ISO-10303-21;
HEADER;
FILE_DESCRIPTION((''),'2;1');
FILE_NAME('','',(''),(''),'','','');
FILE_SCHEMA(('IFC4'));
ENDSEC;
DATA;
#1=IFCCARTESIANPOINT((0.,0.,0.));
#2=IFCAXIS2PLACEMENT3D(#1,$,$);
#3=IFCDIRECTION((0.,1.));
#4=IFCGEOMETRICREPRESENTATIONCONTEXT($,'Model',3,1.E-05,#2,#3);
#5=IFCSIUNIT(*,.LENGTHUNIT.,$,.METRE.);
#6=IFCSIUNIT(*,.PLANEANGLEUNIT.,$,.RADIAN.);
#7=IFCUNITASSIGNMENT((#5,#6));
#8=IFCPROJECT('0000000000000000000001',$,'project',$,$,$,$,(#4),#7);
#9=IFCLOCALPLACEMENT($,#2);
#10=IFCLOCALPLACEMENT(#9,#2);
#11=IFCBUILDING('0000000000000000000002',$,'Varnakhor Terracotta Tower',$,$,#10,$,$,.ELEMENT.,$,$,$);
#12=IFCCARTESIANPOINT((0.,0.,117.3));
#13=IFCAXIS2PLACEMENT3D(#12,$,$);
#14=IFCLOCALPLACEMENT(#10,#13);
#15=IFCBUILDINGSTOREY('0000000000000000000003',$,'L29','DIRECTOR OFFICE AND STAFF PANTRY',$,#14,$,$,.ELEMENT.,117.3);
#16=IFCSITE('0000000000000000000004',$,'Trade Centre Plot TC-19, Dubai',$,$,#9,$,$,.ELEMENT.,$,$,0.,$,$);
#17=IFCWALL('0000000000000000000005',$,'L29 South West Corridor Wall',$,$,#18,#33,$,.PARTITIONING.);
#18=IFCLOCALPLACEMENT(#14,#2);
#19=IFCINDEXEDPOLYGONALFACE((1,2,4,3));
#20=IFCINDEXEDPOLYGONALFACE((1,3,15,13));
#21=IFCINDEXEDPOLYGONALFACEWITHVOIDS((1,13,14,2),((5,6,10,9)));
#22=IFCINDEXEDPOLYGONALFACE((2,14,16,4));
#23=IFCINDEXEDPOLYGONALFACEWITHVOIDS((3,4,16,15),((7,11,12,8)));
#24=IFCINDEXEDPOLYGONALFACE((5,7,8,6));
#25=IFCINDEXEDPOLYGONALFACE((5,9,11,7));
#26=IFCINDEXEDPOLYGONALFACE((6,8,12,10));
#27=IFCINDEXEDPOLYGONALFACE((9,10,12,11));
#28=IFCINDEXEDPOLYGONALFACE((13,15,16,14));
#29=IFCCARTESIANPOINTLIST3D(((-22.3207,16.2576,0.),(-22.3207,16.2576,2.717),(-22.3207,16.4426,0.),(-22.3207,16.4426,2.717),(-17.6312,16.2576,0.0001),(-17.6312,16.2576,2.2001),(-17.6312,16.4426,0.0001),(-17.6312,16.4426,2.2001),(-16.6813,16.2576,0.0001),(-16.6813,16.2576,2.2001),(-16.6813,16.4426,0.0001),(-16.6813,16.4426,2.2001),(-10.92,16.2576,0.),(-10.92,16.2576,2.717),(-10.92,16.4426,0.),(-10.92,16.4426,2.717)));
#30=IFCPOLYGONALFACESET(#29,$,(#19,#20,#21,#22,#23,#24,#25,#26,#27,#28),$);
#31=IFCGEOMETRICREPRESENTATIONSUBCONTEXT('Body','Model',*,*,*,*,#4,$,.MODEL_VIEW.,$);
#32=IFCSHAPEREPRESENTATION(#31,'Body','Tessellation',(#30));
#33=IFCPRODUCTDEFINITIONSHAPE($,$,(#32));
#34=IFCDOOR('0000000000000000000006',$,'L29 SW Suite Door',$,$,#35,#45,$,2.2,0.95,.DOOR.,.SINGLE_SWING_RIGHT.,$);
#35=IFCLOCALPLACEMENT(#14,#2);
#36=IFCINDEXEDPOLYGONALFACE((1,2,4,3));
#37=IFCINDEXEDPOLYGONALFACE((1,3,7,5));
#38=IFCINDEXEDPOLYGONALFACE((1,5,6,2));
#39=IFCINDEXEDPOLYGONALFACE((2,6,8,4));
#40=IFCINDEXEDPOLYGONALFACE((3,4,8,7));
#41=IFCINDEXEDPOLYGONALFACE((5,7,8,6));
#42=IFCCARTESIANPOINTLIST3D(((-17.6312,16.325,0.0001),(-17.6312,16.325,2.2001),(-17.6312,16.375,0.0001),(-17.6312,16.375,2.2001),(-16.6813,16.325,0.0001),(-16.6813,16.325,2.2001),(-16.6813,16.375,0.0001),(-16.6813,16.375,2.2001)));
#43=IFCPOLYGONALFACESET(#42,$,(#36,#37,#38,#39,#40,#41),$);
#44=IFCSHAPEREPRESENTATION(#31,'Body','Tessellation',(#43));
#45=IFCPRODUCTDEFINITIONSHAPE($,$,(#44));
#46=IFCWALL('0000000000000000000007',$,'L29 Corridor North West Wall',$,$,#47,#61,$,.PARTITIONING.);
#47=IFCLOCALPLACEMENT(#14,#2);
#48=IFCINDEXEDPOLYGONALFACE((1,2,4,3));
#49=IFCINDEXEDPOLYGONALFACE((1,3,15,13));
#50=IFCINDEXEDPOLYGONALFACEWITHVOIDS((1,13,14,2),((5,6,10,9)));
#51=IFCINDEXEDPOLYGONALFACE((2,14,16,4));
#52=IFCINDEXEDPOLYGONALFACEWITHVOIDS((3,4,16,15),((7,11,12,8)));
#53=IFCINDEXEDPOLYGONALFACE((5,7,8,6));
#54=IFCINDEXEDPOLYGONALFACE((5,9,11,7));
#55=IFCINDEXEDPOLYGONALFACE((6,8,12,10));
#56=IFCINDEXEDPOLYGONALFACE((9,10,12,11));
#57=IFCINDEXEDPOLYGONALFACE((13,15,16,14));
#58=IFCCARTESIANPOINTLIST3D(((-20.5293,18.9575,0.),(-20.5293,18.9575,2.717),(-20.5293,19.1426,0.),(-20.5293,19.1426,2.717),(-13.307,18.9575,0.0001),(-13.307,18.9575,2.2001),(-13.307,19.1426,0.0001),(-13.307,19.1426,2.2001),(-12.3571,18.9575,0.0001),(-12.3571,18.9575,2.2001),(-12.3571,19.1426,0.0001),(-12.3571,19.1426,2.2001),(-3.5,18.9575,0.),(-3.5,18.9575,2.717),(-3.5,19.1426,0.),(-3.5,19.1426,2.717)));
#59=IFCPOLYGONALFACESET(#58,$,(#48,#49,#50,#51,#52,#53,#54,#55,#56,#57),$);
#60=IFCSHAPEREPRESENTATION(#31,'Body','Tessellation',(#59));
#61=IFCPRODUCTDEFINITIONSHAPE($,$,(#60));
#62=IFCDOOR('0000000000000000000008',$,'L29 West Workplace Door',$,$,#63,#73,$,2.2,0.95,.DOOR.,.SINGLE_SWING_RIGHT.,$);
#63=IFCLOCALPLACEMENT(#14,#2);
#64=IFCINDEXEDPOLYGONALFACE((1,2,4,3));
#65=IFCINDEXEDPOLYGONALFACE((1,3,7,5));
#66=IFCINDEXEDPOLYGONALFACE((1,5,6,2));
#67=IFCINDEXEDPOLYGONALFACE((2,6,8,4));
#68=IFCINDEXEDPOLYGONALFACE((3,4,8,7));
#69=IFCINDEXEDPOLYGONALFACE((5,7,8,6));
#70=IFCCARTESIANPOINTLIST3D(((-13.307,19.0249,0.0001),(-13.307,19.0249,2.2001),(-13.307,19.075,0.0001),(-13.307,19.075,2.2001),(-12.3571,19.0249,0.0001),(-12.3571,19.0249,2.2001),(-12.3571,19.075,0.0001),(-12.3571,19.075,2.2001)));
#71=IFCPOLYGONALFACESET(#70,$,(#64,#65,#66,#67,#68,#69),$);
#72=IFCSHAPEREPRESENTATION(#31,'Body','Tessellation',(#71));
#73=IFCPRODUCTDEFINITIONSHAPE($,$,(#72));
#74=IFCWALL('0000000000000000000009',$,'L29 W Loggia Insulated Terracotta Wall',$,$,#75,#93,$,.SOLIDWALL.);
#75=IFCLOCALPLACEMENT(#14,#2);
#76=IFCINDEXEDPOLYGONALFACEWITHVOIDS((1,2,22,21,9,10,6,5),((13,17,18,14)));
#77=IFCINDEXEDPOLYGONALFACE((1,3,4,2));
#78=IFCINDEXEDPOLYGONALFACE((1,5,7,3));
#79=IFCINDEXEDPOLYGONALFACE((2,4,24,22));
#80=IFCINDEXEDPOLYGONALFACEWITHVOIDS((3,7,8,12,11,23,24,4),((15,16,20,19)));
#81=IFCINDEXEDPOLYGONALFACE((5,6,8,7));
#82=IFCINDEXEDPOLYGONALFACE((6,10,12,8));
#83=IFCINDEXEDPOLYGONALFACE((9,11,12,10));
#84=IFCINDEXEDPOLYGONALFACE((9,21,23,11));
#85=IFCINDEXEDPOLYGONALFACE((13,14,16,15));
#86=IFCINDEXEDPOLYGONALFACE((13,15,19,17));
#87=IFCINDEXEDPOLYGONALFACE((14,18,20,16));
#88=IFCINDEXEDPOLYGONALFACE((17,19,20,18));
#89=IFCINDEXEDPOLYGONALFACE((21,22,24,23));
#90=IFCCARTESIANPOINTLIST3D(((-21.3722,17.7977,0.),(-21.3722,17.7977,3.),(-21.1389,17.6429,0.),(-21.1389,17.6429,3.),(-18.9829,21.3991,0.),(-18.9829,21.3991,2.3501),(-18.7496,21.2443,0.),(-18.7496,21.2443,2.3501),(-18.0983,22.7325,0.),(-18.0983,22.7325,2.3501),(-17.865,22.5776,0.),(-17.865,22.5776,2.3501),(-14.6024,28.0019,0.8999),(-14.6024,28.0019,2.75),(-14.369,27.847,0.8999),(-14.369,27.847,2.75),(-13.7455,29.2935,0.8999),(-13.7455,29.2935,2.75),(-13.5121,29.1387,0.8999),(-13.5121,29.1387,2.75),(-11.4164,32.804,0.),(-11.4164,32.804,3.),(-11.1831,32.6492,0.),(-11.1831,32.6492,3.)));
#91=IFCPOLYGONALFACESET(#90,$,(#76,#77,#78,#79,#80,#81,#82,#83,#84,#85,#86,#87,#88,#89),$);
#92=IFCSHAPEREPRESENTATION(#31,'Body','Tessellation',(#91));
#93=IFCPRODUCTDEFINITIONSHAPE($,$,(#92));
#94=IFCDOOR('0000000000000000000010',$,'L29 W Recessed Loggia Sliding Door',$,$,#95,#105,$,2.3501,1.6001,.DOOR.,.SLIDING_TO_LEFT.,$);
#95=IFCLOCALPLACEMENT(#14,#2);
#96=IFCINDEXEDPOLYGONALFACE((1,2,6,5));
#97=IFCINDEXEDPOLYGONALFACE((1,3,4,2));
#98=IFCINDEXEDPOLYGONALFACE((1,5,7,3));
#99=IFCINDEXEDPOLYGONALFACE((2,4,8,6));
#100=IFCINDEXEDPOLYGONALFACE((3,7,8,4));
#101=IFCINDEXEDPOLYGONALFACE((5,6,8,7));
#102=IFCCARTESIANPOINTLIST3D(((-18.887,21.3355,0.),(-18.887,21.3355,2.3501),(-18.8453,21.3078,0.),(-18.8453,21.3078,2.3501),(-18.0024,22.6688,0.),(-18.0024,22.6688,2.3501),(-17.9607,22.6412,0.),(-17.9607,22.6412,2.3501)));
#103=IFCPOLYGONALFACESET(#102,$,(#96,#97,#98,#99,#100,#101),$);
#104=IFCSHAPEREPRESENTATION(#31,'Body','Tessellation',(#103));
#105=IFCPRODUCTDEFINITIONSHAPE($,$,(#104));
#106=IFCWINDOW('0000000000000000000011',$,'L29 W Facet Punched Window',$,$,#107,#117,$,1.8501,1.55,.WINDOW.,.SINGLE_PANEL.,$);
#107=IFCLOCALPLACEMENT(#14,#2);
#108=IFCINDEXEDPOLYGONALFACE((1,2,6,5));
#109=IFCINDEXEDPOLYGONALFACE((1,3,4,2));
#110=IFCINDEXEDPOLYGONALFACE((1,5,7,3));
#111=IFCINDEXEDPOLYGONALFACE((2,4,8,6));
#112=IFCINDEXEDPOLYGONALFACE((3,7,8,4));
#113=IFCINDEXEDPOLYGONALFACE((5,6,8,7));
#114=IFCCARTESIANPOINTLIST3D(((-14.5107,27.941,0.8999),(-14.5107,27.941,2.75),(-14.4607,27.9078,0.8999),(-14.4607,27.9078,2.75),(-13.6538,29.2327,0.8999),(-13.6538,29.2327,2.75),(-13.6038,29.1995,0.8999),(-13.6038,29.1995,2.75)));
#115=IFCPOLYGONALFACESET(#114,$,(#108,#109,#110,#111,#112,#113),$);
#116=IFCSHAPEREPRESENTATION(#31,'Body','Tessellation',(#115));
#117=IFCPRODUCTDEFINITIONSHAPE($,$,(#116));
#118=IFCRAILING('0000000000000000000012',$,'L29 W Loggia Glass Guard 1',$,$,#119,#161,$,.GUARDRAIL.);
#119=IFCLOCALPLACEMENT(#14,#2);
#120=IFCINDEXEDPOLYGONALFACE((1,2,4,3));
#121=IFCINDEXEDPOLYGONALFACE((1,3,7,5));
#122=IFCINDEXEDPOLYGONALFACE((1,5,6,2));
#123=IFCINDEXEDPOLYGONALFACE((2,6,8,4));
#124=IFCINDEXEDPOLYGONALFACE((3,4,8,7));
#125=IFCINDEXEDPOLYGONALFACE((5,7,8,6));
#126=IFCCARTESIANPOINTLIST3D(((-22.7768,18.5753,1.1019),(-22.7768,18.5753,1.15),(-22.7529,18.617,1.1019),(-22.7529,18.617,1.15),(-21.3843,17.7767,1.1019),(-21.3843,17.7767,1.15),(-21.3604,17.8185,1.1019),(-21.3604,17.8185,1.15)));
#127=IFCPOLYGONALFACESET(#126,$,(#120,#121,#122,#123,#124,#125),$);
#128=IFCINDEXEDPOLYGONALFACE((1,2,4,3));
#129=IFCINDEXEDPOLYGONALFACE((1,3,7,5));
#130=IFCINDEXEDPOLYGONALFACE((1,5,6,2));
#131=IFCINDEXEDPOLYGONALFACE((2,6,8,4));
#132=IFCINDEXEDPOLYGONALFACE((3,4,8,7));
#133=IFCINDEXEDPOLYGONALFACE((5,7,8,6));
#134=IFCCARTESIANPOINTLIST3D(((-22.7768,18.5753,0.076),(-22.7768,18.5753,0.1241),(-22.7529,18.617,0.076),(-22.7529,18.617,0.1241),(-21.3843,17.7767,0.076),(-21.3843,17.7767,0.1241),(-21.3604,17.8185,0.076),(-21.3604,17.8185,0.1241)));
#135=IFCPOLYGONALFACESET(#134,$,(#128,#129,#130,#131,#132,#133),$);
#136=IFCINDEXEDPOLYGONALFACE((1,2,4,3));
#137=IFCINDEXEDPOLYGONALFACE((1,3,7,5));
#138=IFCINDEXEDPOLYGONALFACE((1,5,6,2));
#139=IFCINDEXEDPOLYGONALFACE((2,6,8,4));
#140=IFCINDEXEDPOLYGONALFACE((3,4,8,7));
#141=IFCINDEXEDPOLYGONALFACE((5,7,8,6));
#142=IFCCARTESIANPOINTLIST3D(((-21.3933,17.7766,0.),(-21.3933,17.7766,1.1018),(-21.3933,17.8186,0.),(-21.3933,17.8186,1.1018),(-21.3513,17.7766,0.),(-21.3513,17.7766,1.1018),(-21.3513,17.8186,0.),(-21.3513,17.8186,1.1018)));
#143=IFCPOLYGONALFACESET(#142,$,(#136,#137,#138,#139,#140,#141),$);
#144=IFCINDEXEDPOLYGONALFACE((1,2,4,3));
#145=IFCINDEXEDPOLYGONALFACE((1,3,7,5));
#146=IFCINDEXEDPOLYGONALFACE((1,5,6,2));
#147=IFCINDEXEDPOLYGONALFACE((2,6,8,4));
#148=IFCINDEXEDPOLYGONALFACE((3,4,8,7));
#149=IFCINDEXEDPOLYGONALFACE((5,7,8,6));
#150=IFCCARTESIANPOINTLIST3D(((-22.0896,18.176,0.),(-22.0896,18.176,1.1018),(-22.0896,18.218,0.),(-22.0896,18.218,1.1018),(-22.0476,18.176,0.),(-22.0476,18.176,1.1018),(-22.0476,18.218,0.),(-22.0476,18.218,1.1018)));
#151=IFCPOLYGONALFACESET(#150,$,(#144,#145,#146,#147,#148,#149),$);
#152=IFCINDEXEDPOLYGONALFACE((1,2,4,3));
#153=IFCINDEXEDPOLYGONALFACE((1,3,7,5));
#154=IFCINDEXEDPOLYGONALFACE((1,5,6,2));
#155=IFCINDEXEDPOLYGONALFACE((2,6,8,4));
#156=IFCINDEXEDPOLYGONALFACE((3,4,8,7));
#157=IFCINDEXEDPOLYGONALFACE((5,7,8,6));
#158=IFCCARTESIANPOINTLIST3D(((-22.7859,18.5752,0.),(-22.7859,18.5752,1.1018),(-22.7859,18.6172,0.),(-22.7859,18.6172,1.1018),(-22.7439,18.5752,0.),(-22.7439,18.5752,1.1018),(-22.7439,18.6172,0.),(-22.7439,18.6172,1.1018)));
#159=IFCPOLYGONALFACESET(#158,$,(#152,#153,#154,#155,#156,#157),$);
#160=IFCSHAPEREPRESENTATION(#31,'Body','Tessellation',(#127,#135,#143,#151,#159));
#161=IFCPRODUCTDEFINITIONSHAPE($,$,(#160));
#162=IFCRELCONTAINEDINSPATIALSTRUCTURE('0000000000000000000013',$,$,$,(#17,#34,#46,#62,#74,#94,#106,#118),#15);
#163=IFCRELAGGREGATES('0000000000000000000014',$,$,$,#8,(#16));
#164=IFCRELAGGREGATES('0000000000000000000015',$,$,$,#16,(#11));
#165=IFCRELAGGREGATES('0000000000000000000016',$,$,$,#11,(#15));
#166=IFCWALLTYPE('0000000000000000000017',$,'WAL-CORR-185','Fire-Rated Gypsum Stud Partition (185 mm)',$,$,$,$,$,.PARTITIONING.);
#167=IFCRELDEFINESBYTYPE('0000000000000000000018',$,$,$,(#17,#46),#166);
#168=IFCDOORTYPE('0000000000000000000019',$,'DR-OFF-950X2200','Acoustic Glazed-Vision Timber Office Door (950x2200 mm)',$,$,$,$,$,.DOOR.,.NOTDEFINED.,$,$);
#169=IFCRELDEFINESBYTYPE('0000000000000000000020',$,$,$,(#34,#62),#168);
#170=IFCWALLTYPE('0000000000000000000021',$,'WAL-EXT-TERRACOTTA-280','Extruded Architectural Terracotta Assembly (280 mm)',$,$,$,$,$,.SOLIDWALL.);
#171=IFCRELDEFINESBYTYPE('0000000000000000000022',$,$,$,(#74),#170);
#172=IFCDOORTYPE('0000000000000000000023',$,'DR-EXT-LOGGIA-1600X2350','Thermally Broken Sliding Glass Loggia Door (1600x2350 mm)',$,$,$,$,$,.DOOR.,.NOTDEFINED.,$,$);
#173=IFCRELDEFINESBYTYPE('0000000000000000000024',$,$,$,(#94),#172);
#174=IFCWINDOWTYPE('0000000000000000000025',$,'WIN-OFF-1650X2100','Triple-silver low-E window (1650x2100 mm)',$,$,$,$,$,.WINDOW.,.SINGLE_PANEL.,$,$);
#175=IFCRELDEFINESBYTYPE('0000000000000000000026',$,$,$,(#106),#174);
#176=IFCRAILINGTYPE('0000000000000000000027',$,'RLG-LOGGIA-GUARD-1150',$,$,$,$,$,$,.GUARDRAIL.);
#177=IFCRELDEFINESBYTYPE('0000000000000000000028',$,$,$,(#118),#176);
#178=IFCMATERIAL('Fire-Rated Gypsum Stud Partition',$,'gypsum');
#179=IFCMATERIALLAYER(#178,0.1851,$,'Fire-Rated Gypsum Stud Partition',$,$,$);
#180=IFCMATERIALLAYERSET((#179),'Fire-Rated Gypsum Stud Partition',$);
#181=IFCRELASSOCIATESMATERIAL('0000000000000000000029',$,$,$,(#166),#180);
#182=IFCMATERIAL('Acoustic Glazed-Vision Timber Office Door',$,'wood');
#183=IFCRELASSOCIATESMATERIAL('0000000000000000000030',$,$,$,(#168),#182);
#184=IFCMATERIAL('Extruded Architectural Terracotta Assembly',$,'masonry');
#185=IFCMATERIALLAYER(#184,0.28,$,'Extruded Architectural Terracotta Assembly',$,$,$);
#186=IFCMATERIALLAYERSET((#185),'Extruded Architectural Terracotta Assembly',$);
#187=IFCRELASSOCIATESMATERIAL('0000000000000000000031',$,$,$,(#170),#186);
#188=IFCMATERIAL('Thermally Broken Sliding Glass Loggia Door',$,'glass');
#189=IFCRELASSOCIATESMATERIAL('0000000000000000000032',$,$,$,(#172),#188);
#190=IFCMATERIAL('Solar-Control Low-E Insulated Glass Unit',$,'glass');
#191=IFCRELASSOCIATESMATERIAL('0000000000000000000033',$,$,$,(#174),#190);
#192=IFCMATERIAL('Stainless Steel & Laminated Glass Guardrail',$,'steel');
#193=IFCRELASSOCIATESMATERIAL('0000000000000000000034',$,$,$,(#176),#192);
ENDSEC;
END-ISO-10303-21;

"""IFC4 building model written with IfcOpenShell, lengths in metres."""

from ifc_helpers import new_model, si_unit, direction, frame, frame_2d, origin, origin_2d, place, context, subcontext, project, spatial, rectangle, extrude, source, transform, mapped, material, layer, layer_set, type_object, type_shapes, element, fill, save


model = new_model("IFC4")

# Units and contexts
model_context = context("Model", 3, precision=1e-05, world=origin(), true_north=direction((0.0, 1.0)))
body_context = subcontext(model_context, "Body", "Model", "MODEL_VIEW")
ifc_project = project(units=[si_unit("LENGTHUNIT", "METRE"), si_unit("PLANEANGLEUNIT", "RADIAN")], contexts=[model_context])

# Site, building, storey
site_placement = place(None, origin())
site = spatial("IfcSite", under=ifc_project, at=site_placement, Name="Trade Centre Plot TC-19, Dubai", CompositionType="ELEMENT", RefElevation=0.0)
building_placement = place(site_placement, origin())
building = spatial("IfcBuilding", under=site, at=building_placement, Name="Varnakhor Terracotta Tower", CompositionType="ELEMENT")
storey_placement = place(building_placement, frame((0.0, 0.0, 117.3)))
storey = spatial("IfcBuildingStorey", under=building, at=storey_placement, Name="L29", Description="DIRECTOR OFFICE AND STAFF PANTRY", CompositionType="ELEMENT", Elevation=117.3)

# Walls, openings, doors
ifc_material_1 = material(Name="Fire-Rated Gypsum Stud Partition", Category="gypsum")
ifc_layer_1 = layer(ifc_material_1, 0.1851, Name="Fire-Rated Gypsum Stud Partition")
ifc_layer_set_1 = layer_set([ifc_layer_1], Name="Fire-Rated Gypsum Stud Partition")
wall_type_1 = type_object("IfcWallType", Name="WAL-CORR-185", Description="Fire-Rated Gypsum Stud Partition (185 mm)", PredefinedType="PARTITIONING", material=ifc_layer_set_1)
wall_1_placement = place(storey_placement, frame((-22.3206, 16.3501, 0.0), z_axis=(0.0, 0.0, 1.0), x_axis=(1.0, 0.0, 0.0)))
wall_1 = element("IfcWall", 1, at=wall_1_placement, inside=storey, type_object=wall_type_1, Name="L29 South West Corridor Wall", PredefinedType="PARTITIONING", context=body_context, shape_type="SweptSolid", body=[
    extrude(rectangle(XDim=11.4006, YDim=0.1851, at=frame_2d((5.7002, 0.0))), origin(), (0.0, 0.0, 1.0), 2.717),
])
opening_1_placement = place(wall_1_placement, frame((4.6892, 0.0, 0.0)))
opening_1 = element("IfcOpeningElement", 2, at=opening_1_placement, cuts=wall_1, PredefinedType="OPENING", context=body_context, shape_type="SweptSolid", body=[
    extrude(rectangle(XDim=0.95, YDim=2.2, at=frame_2d((0.4751, 1.1001))), frame((0.0, 0.1025, 0.0), z_axis=(0.0, -1.0, 0.0), x_axis=(1.0, 0.0, 0.0)), (0.0, 0.0, 1.0), 0.2051),
])
ifc_material_2 = material(Name="Acoustic Glazed-Vision Timber Office Door", Category="wood")
door_type_1 = type_object("IfcDoorType", Name="DR-OFF-950X2200", Description="Acoustic Glazed-Vision Timber Office Door (950x2200 mm)", OperationType="NOTDEFINED", PredefinedType="DOOR", material=ifc_material_2)
shared_shape_1 = source(origin(), body_context, "Body", "SweptSolid", [
    extrude(rectangle(XDim=0.95, YDim=2.2, at=frame_2d((0.4751, 1.1001))), frame((0.0, 0.0249, 0.0), z_axis=(0.0, -1.0, 0.0), x_axis=(1.0, 0.0, 0.0)), (0.0, 0.0, 1.0), 0.05),
])
type_shapes(door_type_1, [shared_shape_1])
door_1_placement = place(opening_1_placement, origin())
door_1 = element("IfcDoor", 3, at=door_1_placement, inside=storey, type_object=door_type_1, Name="L29 SW Suite Door", OperationType="SINGLE_SWING_RIGHT", OverallHeight=2.2, OverallWidth=0.95, PredefinedType="DOOR", context=body_context, shape_type="MappedRepresentation", body=[
    mapped(shared_shape_1, transform((0.0, 0.0, 0.0), scale=1.0)),
])
fill(opening_1, door_1)
wall_2_placement = place(storey_placement, frame((-20.5293, 19.05, 0.0), z_axis=(0.0, 0.0, 1.0), x_axis=(1.0, 0.0, 0.0)))
wall_2 = element("IfcWall", 4, at=wall_2_placement, inside=storey, type_object=wall_type_1, Name="L29 Corridor North West Wall", PredefinedType="PARTITIONING", context=body_context, shape_type="SweptSolid", body=[
    extrude(rectangle(XDim=17.0293, YDim=0.1851, at=frame_2d((8.5146, 0.0))), origin(), (0.0, 0.0, 1.0), 2.717),
])
opening_2_placement = place(wall_2_placement, frame((7.2222, 0.0, 0.0)))
opening_2 = element("IfcOpeningElement", 5, at=opening_2_placement, cuts=wall_2, PredefinedType="OPENING", context=body_context, shape_type="SweptSolid", body=[
    extrude(rectangle(XDim=0.95, YDim=2.2, at=frame_2d((0.4751, 1.1001))), frame((0.0, 0.1025, 0.0), z_axis=(0.0, -1.0, 0.0), x_axis=(1.0, 0.0, 0.0)), (0.0, 0.0, 1.0), 0.2051),
])
door_2_placement = place(opening_2_placement, origin())
door_2 = element("IfcDoor", 6, at=door_2_placement, inside=storey, type_object=door_type_1, Name="L29 West Workplace Door", OperationType="SINGLE_SWING_RIGHT", OverallHeight=2.2, OverallWidth=0.95, PredefinedType="DOOR", context=body_context, shape_type="MappedRepresentation", body=[
    mapped(shared_shape_1, transform((0.0, 0.0, 0.0), scale=1.0)),
])
fill(opening_2, door_2)

# Wall, openings, door, window
ifc_material_3 = material(Name="Extruded Architectural Terracotta Assembly", Category="masonry")
ifc_layer_2 = layer(ifc_material_3, 0.28, Name="Extruded Architectural Terracotta Assembly")
ifc_layer_set_2 = layer_set([ifc_layer_2], Name="Extruded Architectural Terracotta Assembly")
wall_type_2 = type_object("IfcWallType", Name="WAL-EXT-TERRACOTTA-280", Description="Extruded Architectural Terracotta Assembly (280 mm)", PredefinedType="SOLIDWALL", material=ifc_layer_set_2)
wall_3_placement = place(storey_placement, frame((-21.2556, 17.7202, 0.0), z_axis=(0.0, 0.0, 1.0), x_axis=(0.552837, 0.833289, 0.0)))
wall_3 = element("IfcWall", 7, at=wall_3_placement, inside=storey, type_object=wall_type_2, Name="L29 W Loggia Insulated Terracotta Wall", PredefinedType="SOLIDWALL", context=body_context, shape_type="SweptSolid", body=[
    extrude(rectangle(XDim=18.0085, YDim=0.28, at=frame_2d((9.0044, 0.0))), origin(), (0.0, 0.0, 1.0), 3.0),
])
opening_3_placement = place(wall_3_placement, frame((4.322, 0.0, 0.0)))
opening_3 = element("IfcOpeningElement", 8, at=opening_3_placement, cuts=wall_3, PredefinedType="OPENING", context=body_context, shape_type="SweptSolid", body=[
    extrude(rectangle(XDim=1.6001, YDim=2.3501, at=frame_2d((0.8, 1.175))), frame((0.0, 0.1499, 0.0), z_axis=(0.0, -1.0, 0.0), x_axis=(1.0, 0.0, 0.0)), (0.0, 0.0, 1.0), 0.3),
])
opening_4_placement = place(wall_3_placement, frame((12.2458, 0.0, 0.8999)))
opening_4 = element("IfcOpeningElement", 9, at=opening_4_placement, cuts=wall_3, PredefinedType="OPENING", context=body_context, shape_type="SweptSolid", body=[
    extrude(rectangle(XDim=1.55, YDim=1.8501, at=frame_2d((0.7749, 0.925))), frame((0.0, 0.1499, 0.0), z_axis=(0.0, -1.0, 0.0), x_axis=(1.0, 0.0, 0.0)), (0.0, 0.0, 1.0), 0.3),
])
ifc_material_4 = material(Name="Thermally Broken Sliding Glass Loggia Door", Category="glass")
door_type_2 = type_object("IfcDoorType", Name="DR-EXT-LOGGIA-1600X2350", Description="Thermally Broken Sliding Glass Loggia Door (1600x2350 mm)", OperationType="NOTDEFINED", PredefinedType="DOOR", material=ifc_material_4)
shared_shape_2 = source(origin(), body_context, "Body", "SweptSolid", [
    extrude(rectangle(XDim=1.6001, YDim=2.3501, at=frame_2d((0.8, 1.175))), frame((0.0, 0.0249, 0.0), z_axis=(0.0, -1.0, 0.0), x_axis=(1.0, 0.0, 0.0)), (0.0, 0.0, 1.0), 0.05),
])
type_shapes(door_type_2, [shared_shape_2])
door_3_placement = place(opening_3_placement, origin())
door_3 = element("IfcDoor", 10, at=door_3_placement, inside=storey, type_object=door_type_2, Name="L29 W Recessed Loggia Sliding Door", OperationType="SLIDING_TO_LEFT", OverallHeight=2.3501, OverallWidth=1.6001, PredefinedType="DOOR", context=body_context, shape_type="MappedRepresentation", body=[
    mapped(shared_shape_2, transform((0.0, 0.0, 0.0), scale=1.0)),
])
fill(opening_3, door_3)
ifc_material_5 = material(Name="Solar-Control Low-E Insulated Glass Unit", Category="glass")
window_type = type_object("IfcWindowType", Name="WIN-OFF-1650X2100", Description="Triple-silver low-E window (1650x2100 mm)", PartitioningType="SINGLE_PANEL", PredefinedType="WINDOW", material=ifc_material_5)
shared_shape_3 = source(origin(), body_context, "Body", "SweptSolid", [
    extrude(rectangle(XDim=1.55, YDim=1.8501, at=frame_2d((0.7749, 0.925))), frame((0.0, 0.03, 0.0), z_axis=(0.0, -1.0, 0.0), x_axis=(1.0, 0.0, 0.0)), (0.0, 0.0, 1.0), 0.0601),
])
type_shapes(window_type, [shared_shape_3])
window_placement = place(opening_4_placement, origin())
window = element("IfcWindow", 11, at=window_placement, inside=storey, type_object=window_type, Name="L29 W Facet Punched Window", OverallHeight=1.8501, OverallWidth=1.55, PartitioningType="SINGLE_PANEL", PredefinedType="WINDOW", context=body_context, shape_type="MappedRepresentation", body=[
    mapped(shared_shape_3, transform((0.0, 0.0, 0.0), scale=1.0)),
])
fill(opening_4, window)

# Railing
ifc_material_6 = material(Name="Stainless Steel & Laminated Glass Guardrail", Category="steel")
railing_type = type_object("IfcRailingType", Name="RLG-LOGGIA-GUARD-1150", PredefinedType="GUARDRAIL", material=ifc_material_6)
railing_1_placement = place(storey_placement, frame((-21.3723, 17.7976, 0.0)))
element("IfcRailing", 12, at=railing_1_placement, inside=storey, type_object=railing_type, Name="L29 W Loggia Glass Guard 1", PredefinedType="GUARDRAIL", context=body_context, shape_type="SweptSolid", body=[
    extrude(rectangle(XDim=0.0481, YDim=0.0481, at=origin_2d()), frame((0.0, 0.0, 1.126), z_axis=(-0.867484, 0.497465, 0.0), x_axis=(-0.497465, -0.867484, 0.0)), (0.0, 0.0, 1.0), 1.6052),
    extrude(rectangle(XDim=0.0481, YDim=0.0481, at=origin_2d()), frame((0.0, 0.0, 0.1001), z_axis=(-0.867484, 0.497465, 0.0), x_axis=(-0.497465, -0.867484, 0.0)), (0.0, 0.0, 1.0), 1.6052),
    extrude(rectangle(XDim=0.042, YDim=0.042, at=origin_2d()), origin(), (0.0, 0.0, 1.0), 1.1018),
    extrude(rectangle(XDim=0.042, YDim=0.042, at=origin_2d()), frame((-0.6963, 0.3994, 0.0)), (0.0, 0.0, 1.0), 1.1018),
    extrude(rectangle(XDim=0.042, YDim=0.042, at=origin_2d()), frame((-1.3926, 0.7986, 0.0)), (0.0, 0.0, 1.0), 1.1018),
])

save(model, "model.ifc")
